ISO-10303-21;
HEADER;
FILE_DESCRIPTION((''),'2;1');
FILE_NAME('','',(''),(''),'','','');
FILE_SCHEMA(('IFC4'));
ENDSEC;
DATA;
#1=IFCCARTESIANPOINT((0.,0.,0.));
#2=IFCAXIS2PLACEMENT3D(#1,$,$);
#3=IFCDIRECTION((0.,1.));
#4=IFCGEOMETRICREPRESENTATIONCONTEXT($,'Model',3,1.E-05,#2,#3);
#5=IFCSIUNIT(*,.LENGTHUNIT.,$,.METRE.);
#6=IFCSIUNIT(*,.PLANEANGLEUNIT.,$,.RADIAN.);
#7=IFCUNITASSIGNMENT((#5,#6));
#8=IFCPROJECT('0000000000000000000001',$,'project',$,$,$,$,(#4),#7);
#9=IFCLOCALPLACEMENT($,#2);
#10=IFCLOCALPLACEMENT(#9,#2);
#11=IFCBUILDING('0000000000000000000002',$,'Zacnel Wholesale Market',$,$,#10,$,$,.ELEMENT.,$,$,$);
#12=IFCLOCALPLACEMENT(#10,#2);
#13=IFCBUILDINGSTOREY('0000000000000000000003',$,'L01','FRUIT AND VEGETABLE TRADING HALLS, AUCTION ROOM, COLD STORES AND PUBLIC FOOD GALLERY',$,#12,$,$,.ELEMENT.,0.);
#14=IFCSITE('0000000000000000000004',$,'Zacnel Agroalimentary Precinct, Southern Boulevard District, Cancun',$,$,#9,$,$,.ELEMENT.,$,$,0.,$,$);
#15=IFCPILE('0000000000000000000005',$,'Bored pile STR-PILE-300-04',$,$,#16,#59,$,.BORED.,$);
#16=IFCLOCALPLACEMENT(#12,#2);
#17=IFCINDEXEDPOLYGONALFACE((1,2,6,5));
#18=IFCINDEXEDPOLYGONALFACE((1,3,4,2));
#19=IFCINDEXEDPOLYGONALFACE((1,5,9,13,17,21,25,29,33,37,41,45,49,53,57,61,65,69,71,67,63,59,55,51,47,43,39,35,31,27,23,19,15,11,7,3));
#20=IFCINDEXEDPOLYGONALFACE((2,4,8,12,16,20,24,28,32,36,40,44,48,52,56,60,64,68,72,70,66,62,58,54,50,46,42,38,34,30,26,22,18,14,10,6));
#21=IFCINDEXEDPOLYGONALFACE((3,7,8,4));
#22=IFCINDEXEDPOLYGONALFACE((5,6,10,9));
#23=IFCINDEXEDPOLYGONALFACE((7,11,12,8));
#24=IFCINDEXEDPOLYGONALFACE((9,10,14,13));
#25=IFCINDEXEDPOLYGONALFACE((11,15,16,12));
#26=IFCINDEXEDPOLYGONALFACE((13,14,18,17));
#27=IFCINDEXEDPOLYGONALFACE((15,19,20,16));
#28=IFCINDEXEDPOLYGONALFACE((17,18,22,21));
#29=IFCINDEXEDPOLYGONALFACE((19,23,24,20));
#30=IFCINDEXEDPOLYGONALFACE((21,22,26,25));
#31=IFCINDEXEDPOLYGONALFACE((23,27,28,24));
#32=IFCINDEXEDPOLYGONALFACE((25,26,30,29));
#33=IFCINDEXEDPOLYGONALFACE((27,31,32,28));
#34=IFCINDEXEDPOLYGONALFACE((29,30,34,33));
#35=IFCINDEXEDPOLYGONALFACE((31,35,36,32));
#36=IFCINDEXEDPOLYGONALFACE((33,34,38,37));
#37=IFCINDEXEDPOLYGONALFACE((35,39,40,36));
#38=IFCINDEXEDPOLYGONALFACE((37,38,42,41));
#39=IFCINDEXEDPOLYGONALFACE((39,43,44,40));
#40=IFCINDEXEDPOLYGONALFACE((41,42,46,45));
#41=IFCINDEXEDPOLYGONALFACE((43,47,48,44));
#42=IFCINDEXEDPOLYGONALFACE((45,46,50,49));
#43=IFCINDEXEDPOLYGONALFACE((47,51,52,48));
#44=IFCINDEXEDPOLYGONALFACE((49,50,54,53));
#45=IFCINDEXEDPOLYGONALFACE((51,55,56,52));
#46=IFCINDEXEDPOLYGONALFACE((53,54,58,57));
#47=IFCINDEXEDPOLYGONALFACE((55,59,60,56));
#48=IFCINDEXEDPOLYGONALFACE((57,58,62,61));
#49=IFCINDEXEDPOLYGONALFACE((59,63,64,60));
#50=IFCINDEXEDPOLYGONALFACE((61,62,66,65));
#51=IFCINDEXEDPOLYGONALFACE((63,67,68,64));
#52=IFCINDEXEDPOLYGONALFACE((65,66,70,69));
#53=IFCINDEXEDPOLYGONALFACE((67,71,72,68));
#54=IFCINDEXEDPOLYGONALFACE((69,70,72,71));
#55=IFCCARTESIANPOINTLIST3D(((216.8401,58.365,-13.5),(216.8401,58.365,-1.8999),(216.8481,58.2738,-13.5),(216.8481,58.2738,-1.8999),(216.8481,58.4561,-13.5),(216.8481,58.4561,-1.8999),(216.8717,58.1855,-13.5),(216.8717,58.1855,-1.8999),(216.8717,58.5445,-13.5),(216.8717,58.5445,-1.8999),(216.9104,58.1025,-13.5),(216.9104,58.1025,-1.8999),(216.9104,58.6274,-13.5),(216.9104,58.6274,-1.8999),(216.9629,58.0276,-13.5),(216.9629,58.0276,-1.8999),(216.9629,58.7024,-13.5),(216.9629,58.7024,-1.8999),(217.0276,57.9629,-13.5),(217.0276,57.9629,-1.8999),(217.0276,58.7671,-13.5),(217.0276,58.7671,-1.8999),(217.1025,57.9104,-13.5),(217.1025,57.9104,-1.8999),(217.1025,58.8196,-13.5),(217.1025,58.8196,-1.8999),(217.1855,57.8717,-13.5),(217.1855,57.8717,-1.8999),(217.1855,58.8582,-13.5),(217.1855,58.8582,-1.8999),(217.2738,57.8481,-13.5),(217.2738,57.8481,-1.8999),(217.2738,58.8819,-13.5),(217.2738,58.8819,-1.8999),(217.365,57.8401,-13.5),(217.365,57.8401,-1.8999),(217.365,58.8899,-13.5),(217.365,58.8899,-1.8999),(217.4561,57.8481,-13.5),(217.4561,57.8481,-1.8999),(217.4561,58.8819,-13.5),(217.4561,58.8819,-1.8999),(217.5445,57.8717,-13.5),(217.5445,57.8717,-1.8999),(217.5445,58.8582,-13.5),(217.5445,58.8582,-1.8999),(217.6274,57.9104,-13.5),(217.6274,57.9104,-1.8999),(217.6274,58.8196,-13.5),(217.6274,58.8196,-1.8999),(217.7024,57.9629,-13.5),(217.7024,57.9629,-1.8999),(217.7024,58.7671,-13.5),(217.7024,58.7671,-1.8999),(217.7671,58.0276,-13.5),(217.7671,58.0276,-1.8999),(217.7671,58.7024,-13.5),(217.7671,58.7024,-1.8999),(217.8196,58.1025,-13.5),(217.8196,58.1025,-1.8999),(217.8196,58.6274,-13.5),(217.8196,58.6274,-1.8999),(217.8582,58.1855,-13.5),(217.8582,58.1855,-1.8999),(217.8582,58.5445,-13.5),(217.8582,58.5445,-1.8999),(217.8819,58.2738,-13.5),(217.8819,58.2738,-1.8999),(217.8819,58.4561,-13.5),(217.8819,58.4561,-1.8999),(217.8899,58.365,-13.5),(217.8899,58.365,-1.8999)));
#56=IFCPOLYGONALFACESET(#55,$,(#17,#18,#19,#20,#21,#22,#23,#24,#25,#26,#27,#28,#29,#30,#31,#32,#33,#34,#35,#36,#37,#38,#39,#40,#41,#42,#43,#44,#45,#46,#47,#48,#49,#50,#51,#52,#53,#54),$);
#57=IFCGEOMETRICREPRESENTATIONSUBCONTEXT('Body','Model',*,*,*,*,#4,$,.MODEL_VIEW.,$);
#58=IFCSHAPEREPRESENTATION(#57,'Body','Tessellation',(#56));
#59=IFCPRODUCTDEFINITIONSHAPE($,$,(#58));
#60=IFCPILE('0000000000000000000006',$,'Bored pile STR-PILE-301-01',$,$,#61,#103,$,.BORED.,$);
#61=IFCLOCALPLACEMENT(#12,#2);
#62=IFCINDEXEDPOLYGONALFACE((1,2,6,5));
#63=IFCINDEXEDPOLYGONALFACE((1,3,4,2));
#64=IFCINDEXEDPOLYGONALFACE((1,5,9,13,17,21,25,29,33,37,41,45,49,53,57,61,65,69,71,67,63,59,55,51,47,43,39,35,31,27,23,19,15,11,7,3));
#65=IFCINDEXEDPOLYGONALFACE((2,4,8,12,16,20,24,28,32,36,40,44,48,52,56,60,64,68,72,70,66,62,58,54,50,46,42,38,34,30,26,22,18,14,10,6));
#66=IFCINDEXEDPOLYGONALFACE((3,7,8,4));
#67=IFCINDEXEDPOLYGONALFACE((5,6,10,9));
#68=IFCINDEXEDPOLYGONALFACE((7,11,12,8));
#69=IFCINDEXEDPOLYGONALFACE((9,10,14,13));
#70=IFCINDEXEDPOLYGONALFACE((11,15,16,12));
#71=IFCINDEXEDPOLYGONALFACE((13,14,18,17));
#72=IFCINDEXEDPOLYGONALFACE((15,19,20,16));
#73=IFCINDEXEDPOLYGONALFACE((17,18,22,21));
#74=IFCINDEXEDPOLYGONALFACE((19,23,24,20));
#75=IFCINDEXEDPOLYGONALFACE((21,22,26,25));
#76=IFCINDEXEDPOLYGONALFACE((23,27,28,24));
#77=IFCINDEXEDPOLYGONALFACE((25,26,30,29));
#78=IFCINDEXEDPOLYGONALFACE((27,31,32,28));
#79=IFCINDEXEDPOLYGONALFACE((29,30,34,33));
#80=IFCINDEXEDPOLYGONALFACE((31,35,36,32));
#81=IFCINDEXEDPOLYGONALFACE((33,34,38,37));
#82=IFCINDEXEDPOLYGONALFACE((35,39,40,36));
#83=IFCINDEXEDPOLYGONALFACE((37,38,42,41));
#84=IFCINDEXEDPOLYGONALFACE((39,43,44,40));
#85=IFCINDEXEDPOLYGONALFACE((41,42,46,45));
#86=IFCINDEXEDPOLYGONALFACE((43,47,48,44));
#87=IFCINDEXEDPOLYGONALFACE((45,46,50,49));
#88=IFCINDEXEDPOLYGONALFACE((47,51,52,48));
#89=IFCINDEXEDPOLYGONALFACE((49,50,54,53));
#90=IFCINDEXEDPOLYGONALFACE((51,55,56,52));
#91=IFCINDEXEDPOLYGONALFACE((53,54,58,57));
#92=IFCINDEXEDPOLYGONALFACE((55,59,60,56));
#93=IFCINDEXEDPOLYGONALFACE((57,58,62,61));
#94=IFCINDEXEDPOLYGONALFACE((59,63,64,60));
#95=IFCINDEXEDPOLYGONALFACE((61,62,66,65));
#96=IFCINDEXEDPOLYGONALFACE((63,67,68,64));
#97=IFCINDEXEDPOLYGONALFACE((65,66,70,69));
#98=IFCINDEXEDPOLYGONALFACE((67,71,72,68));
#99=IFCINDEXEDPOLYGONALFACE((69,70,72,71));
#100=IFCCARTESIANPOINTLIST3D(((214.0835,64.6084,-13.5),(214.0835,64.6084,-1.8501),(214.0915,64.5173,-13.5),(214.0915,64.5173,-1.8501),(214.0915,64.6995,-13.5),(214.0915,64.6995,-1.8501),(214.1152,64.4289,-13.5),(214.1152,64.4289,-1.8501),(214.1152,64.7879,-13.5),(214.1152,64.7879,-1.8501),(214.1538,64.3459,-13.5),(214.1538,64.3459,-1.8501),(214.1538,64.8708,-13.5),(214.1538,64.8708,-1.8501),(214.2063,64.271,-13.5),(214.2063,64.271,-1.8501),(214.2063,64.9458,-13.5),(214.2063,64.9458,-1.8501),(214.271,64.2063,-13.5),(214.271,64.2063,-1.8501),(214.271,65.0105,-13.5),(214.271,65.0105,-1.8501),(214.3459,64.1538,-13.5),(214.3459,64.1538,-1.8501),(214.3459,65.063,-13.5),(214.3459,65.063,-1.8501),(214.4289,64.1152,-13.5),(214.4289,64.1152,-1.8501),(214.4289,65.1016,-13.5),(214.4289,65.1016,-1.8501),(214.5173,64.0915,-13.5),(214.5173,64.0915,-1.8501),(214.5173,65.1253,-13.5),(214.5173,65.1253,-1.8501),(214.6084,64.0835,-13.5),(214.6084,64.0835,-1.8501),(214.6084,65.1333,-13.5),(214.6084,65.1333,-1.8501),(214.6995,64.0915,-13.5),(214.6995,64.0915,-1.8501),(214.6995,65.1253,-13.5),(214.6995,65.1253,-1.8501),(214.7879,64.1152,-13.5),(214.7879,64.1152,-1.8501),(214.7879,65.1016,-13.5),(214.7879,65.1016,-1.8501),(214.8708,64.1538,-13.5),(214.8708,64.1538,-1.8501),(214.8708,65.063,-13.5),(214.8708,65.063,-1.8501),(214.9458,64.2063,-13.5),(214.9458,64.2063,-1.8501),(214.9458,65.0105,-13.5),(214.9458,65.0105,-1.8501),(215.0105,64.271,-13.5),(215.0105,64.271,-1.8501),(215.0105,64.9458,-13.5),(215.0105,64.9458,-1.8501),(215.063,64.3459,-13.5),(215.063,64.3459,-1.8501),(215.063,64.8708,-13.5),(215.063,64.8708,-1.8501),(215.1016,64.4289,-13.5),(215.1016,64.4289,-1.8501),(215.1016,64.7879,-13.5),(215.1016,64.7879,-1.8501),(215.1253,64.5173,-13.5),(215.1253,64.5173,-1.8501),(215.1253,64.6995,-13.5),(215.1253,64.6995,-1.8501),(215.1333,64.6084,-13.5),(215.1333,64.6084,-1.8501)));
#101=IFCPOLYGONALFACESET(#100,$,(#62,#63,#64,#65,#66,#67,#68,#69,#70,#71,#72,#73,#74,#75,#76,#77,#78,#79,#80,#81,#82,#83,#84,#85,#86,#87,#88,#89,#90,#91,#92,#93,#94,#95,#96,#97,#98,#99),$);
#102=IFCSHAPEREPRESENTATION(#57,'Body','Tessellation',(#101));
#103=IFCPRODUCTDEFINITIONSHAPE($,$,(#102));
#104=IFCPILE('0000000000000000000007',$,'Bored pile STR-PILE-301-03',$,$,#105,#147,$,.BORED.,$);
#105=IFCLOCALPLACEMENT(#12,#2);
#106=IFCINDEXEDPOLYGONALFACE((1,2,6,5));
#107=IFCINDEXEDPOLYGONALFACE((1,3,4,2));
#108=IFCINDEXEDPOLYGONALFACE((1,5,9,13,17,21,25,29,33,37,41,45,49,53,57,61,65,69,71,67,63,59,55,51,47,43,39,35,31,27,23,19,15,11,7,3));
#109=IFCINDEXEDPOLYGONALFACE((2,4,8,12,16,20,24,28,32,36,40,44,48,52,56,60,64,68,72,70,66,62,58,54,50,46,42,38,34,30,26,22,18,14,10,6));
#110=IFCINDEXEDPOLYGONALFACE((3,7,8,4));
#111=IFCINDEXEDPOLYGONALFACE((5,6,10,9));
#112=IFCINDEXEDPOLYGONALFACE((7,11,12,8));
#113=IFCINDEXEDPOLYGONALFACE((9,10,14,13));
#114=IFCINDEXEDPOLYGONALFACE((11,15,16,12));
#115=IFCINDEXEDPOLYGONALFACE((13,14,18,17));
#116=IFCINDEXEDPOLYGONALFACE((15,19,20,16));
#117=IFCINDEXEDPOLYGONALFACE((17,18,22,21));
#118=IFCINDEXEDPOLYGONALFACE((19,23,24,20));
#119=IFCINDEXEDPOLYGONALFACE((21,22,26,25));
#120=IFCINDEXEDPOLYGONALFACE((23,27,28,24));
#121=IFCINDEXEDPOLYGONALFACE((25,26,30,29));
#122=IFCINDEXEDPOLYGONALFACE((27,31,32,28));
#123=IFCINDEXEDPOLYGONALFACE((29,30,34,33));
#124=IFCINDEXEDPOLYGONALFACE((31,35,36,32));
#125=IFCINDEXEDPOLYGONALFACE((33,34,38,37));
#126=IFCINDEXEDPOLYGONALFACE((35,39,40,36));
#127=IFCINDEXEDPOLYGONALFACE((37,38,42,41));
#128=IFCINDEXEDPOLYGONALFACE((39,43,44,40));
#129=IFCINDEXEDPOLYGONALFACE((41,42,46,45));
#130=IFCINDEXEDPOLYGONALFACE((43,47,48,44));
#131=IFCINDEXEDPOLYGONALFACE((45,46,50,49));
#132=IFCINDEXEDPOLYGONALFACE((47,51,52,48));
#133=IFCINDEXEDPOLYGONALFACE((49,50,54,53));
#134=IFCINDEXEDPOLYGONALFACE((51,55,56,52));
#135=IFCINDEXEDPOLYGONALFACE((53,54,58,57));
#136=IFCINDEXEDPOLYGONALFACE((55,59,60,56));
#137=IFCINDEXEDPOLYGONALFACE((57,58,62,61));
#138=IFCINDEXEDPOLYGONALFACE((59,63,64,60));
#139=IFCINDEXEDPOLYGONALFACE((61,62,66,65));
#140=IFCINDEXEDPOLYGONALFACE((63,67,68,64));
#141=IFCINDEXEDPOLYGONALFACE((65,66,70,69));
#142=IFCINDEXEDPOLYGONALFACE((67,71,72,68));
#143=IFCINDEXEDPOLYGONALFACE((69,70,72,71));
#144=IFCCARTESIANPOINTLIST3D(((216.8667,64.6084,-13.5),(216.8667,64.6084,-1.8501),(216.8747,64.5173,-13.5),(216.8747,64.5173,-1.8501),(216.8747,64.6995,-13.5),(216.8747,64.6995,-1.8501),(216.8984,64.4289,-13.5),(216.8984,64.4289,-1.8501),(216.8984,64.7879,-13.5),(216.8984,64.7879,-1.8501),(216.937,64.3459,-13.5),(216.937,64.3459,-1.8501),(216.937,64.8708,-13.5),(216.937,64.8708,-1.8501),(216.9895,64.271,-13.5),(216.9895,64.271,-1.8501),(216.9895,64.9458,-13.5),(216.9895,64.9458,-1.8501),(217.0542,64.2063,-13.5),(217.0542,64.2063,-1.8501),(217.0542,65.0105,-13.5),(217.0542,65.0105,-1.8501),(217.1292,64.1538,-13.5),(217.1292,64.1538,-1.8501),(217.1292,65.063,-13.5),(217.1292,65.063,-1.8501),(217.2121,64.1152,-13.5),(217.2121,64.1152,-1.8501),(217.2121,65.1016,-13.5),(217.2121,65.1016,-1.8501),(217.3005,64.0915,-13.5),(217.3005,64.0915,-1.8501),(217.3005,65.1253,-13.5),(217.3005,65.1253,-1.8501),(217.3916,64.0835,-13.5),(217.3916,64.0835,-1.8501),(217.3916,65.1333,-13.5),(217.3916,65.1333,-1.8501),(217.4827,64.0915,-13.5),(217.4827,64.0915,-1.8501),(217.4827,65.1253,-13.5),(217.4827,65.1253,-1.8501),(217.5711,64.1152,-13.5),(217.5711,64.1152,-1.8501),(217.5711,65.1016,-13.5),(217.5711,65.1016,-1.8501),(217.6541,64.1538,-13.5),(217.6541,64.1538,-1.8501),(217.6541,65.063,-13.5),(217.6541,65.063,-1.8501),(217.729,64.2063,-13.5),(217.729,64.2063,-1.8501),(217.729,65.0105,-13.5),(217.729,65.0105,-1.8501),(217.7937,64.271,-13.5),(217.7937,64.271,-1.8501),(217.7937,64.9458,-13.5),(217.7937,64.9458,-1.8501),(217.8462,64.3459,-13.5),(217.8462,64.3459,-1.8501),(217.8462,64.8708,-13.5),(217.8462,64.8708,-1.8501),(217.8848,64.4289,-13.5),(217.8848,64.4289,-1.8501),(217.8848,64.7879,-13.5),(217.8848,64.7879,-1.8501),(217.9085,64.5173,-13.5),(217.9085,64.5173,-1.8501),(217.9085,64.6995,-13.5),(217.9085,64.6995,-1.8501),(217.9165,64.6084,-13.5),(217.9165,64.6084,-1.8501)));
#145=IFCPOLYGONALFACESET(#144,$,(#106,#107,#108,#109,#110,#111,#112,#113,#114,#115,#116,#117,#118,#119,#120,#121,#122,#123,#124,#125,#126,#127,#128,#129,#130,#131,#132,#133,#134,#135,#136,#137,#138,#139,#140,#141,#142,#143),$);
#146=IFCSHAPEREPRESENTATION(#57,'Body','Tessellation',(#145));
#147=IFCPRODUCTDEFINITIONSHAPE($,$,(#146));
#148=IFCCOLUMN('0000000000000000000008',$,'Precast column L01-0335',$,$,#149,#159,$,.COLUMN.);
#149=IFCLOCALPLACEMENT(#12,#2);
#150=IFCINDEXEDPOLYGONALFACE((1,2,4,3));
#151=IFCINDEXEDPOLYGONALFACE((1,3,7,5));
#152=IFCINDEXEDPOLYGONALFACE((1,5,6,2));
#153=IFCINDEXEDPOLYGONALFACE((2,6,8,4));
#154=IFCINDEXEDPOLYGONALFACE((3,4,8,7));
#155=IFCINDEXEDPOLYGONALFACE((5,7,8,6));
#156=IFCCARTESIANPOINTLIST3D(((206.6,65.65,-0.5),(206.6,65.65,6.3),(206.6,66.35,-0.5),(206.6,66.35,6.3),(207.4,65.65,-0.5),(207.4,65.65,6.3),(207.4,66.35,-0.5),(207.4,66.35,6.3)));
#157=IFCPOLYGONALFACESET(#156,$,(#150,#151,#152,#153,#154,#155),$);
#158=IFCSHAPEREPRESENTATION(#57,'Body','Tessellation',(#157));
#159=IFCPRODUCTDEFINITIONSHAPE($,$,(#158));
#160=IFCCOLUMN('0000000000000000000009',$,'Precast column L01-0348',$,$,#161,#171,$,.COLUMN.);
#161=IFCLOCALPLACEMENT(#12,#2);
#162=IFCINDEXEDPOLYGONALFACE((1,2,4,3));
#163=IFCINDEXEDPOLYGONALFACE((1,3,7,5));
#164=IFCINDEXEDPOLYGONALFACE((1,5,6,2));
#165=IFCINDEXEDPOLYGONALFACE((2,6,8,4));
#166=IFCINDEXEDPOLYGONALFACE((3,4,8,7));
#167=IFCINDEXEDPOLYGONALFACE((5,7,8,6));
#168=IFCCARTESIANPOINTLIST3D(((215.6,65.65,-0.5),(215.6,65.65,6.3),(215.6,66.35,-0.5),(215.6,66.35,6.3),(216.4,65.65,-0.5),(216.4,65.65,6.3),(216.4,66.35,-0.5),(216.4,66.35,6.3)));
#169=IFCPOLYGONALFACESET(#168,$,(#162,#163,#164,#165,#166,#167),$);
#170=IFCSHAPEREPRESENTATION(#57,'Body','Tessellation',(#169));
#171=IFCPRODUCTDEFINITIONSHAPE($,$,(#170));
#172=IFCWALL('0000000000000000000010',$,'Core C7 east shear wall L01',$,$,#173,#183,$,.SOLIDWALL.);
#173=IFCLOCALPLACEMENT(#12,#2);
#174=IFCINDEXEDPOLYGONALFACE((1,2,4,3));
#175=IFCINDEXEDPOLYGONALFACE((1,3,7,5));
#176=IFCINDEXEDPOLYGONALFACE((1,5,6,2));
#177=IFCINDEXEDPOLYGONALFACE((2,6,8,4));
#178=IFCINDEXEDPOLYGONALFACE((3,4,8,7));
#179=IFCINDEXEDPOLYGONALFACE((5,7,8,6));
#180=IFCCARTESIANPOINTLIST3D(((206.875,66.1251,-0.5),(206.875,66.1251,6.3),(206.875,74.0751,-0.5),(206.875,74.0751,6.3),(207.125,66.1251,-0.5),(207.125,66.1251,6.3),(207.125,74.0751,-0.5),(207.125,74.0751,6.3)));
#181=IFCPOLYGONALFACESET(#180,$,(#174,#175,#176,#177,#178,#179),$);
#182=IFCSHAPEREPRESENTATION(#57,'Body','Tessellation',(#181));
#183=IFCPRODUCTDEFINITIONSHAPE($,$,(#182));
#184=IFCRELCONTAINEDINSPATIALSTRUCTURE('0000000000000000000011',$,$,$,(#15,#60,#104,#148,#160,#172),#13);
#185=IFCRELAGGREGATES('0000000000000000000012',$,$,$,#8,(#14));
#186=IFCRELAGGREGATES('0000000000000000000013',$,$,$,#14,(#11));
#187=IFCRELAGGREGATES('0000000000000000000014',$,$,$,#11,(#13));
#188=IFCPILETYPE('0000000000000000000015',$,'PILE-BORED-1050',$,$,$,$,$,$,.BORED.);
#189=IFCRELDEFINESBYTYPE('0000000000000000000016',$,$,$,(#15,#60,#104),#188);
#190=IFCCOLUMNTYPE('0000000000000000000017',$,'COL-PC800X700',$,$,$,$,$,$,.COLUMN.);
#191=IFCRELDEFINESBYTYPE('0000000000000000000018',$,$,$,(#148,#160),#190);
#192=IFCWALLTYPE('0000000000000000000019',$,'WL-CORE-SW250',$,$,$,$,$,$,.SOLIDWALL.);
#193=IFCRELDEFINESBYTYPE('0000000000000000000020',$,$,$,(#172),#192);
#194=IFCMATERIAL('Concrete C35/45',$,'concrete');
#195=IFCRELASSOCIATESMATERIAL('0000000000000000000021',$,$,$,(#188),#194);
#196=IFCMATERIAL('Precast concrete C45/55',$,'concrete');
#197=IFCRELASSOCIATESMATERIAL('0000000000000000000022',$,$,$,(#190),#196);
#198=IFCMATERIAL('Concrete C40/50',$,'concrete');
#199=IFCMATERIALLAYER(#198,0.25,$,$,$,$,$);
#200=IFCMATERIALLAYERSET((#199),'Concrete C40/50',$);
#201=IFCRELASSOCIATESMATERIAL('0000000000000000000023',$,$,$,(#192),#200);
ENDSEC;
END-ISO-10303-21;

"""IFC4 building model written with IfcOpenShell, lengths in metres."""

from ifc_helpers import new_model, si_unit, direction, frame, frame_2d, origin, origin_2d, place, context, subcontext, project, spatial, rectangle, circle, extrude, material, layer, layer_set, material_profile, profile_set, type_object, element, save


model = new_model("IFC4")

# Units and contexts
model_context = context("Model", 3, precision=1e-05, world=origin(), true_north=direction((0.0, 1.0)))
body_context = subcontext(model_context, "Body", "Model", "MODEL_VIEW")
ifc_project = project(units=[si_unit("LENGTHUNIT", "METRE"), si_unit("PLANEANGLEUNIT", "RADIAN")], contexts=[model_context])

# Site, building, storey
site_placement = place(None, origin())
site = spatial("IfcSite", under=ifc_project, at=site_placement, Name="Zacnel Agroalimentary Precinct, Southern Boulevard District, Cancun", CompositionType="ELEMENT", RefElevation=0.0)
building_placement = place(site_placement, origin())
building = spatial("IfcBuilding", under=site, at=building_placement, Name="Zacnel Wholesale Market", CompositionType="ELEMENT")
storey_placement = place(building_placement, origin())
storey = spatial("IfcBuildingStorey", under=building, at=storey_placement, Name="L01", Description="FRUIT AND VEGETABLE TRADING HALLS, AUCTION ROOM, COLD STORES AND PUBLIC FOOD GALLERY", CompositionType="ELEMENT", Elevation=0.0)

# Piles
ifc_material_1 = material(Name="Concrete C35/45", Category="concrete")
ifc_material_profile_1 = material_profile(ifc_material_1, circle(Radius=0.5249, at=origin_2d()), Name="BORED PILE D1050")
ifc_profile_set_1 = profile_set([ifc_material_profile_1], Name="Concrete C35/45")
pile_type = type_object("IfcPileType", Name="PILE-BORED-1050", PredefinedType="BORED", material=ifc_profile_set_1)
for number, where, z_axis, x_axis, name in (
    (1, (217.365, 58.365, -1.8999), (0.0, 0.0, -1.0), (1.0, 0.0, 0.0), "Bored pile STR-PILE-300-04"),
):
    element("IfcPile", number, at=place(storey_placement, frame(where, z_axis=z_axis, x_axis=x_axis)), inside=storey, type_object=pile_type, Name=name, PredefinedType="BORED", context=body_context, shape_type="SweptSolid", body=[
        extrude(circle(Radius=0.5249, at=origin_2d()), origin(), (0.0, 0.0, 1.0), 11.6001),
    ])
for number, where, z_axis, x_axis, name in (
    (2, (214.6084, 64.6084, -1.8501), (0.0, 0.0, -1.0), (1.0, 0.0, 0.0), "Bored pile STR-PILE-301-01"),
    (3, (217.3916, 64.6084, -1.8501), (0.0, 0.0, -1.0), (1.0, 0.0, 0.0), "Bored pile STR-PILE-301-03"),
):
    element("IfcPile", number, at=place(storey_placement, frame(where, z_axis=z_axis, x_axis=x_axis)), inside=storey, type_object=pile_type, Name=name, PredefinedType="BORED", context=body_context, shape_type="SweptSolid", body=[
        extrude(circle(Radius=0.5249, at=origin_2d()), origin(), (0.0, 0.0, 1.0), 11.6499),
    ])

# Columns
ifc_material_2 = material(Name="Precast concrete C45/55", Category="concrete")
ifc_material_profile_2 = material_profile(ifc_material_2, rectangle(XDim=0.8, YDim=0.7, at=origin_2d()), Name="PC 800x700")
ifc_profile_set_2 = profile_set([ifc_material_profile_2], Name="Precast concrete C45/55")
column_type = type_object("IfcColumnType", Name="COL-PC800X700", PredefinedType="COLUMN", material=ifc_profile_set_2)
for number, where, z_axis, x_axis, name in (
    (4, (207.0, 66.0, -0.5), (0.0, 0.0, 1.0), (1.0, 0.0, 0.0), "Precast column L01-0335"),
    (5, (216.0, 66.0, -0.5), (0.0, 0.0, 1.0), (1.0, 0.0, 0.0), "Precast column L01-0348"),
):
    element("IfcColumn", number, at=place(storey_placement, frame(where, z_axis=z_axis, x_axis=x_axis)), inside=storey, type_object=column_type, Name=name, PredefinedType="COLUMN", context=body_context, shape_type="SweptSolid", body=[
        extrude(rectangle(XDim=0.8, YDim=0.7, at=origin_2d()), origin(), (0.0, 0.0, 1.0), 6.8),
    ])

# Wall
ifc_material_3 = material(Name="Concrete C40/50", Category="concrete")
ifc_layer_1 = layer(ifc_material_3, 0.25)
ifc_layer_set_1 = layer_set([ifc_layer_1], Name="Concrete C40/50")
wall_type_1 = type_object("IfcWallType", Name="WL-CORE-SW250", PredefinedType="SOLIDWALL", material=ifc_layer_set_1)
wall_1_placement = place(storey_placement, frame((207.0, 66.125, -0.5), z_axis=(0.0, 0.0, 1.0), x_axis=(0.0, 1.0, 0.0)))
element("IfcWall", 6, at=wall_1_placement, inside=storey, type_object=wall_type_1, Name="Core C7 east shear wall L01", PredefinedType="SOLIDWALL", context=body_context, shape_type="SweptSolid", body=[
    extrude(rectangle(XDim=7.95, YDim=0.25, at=frame_2d((3.9751, 0.0))), origin(), (0.0, 0.0, 1.0), 6.8),
])

save(model, "model.ifc")
